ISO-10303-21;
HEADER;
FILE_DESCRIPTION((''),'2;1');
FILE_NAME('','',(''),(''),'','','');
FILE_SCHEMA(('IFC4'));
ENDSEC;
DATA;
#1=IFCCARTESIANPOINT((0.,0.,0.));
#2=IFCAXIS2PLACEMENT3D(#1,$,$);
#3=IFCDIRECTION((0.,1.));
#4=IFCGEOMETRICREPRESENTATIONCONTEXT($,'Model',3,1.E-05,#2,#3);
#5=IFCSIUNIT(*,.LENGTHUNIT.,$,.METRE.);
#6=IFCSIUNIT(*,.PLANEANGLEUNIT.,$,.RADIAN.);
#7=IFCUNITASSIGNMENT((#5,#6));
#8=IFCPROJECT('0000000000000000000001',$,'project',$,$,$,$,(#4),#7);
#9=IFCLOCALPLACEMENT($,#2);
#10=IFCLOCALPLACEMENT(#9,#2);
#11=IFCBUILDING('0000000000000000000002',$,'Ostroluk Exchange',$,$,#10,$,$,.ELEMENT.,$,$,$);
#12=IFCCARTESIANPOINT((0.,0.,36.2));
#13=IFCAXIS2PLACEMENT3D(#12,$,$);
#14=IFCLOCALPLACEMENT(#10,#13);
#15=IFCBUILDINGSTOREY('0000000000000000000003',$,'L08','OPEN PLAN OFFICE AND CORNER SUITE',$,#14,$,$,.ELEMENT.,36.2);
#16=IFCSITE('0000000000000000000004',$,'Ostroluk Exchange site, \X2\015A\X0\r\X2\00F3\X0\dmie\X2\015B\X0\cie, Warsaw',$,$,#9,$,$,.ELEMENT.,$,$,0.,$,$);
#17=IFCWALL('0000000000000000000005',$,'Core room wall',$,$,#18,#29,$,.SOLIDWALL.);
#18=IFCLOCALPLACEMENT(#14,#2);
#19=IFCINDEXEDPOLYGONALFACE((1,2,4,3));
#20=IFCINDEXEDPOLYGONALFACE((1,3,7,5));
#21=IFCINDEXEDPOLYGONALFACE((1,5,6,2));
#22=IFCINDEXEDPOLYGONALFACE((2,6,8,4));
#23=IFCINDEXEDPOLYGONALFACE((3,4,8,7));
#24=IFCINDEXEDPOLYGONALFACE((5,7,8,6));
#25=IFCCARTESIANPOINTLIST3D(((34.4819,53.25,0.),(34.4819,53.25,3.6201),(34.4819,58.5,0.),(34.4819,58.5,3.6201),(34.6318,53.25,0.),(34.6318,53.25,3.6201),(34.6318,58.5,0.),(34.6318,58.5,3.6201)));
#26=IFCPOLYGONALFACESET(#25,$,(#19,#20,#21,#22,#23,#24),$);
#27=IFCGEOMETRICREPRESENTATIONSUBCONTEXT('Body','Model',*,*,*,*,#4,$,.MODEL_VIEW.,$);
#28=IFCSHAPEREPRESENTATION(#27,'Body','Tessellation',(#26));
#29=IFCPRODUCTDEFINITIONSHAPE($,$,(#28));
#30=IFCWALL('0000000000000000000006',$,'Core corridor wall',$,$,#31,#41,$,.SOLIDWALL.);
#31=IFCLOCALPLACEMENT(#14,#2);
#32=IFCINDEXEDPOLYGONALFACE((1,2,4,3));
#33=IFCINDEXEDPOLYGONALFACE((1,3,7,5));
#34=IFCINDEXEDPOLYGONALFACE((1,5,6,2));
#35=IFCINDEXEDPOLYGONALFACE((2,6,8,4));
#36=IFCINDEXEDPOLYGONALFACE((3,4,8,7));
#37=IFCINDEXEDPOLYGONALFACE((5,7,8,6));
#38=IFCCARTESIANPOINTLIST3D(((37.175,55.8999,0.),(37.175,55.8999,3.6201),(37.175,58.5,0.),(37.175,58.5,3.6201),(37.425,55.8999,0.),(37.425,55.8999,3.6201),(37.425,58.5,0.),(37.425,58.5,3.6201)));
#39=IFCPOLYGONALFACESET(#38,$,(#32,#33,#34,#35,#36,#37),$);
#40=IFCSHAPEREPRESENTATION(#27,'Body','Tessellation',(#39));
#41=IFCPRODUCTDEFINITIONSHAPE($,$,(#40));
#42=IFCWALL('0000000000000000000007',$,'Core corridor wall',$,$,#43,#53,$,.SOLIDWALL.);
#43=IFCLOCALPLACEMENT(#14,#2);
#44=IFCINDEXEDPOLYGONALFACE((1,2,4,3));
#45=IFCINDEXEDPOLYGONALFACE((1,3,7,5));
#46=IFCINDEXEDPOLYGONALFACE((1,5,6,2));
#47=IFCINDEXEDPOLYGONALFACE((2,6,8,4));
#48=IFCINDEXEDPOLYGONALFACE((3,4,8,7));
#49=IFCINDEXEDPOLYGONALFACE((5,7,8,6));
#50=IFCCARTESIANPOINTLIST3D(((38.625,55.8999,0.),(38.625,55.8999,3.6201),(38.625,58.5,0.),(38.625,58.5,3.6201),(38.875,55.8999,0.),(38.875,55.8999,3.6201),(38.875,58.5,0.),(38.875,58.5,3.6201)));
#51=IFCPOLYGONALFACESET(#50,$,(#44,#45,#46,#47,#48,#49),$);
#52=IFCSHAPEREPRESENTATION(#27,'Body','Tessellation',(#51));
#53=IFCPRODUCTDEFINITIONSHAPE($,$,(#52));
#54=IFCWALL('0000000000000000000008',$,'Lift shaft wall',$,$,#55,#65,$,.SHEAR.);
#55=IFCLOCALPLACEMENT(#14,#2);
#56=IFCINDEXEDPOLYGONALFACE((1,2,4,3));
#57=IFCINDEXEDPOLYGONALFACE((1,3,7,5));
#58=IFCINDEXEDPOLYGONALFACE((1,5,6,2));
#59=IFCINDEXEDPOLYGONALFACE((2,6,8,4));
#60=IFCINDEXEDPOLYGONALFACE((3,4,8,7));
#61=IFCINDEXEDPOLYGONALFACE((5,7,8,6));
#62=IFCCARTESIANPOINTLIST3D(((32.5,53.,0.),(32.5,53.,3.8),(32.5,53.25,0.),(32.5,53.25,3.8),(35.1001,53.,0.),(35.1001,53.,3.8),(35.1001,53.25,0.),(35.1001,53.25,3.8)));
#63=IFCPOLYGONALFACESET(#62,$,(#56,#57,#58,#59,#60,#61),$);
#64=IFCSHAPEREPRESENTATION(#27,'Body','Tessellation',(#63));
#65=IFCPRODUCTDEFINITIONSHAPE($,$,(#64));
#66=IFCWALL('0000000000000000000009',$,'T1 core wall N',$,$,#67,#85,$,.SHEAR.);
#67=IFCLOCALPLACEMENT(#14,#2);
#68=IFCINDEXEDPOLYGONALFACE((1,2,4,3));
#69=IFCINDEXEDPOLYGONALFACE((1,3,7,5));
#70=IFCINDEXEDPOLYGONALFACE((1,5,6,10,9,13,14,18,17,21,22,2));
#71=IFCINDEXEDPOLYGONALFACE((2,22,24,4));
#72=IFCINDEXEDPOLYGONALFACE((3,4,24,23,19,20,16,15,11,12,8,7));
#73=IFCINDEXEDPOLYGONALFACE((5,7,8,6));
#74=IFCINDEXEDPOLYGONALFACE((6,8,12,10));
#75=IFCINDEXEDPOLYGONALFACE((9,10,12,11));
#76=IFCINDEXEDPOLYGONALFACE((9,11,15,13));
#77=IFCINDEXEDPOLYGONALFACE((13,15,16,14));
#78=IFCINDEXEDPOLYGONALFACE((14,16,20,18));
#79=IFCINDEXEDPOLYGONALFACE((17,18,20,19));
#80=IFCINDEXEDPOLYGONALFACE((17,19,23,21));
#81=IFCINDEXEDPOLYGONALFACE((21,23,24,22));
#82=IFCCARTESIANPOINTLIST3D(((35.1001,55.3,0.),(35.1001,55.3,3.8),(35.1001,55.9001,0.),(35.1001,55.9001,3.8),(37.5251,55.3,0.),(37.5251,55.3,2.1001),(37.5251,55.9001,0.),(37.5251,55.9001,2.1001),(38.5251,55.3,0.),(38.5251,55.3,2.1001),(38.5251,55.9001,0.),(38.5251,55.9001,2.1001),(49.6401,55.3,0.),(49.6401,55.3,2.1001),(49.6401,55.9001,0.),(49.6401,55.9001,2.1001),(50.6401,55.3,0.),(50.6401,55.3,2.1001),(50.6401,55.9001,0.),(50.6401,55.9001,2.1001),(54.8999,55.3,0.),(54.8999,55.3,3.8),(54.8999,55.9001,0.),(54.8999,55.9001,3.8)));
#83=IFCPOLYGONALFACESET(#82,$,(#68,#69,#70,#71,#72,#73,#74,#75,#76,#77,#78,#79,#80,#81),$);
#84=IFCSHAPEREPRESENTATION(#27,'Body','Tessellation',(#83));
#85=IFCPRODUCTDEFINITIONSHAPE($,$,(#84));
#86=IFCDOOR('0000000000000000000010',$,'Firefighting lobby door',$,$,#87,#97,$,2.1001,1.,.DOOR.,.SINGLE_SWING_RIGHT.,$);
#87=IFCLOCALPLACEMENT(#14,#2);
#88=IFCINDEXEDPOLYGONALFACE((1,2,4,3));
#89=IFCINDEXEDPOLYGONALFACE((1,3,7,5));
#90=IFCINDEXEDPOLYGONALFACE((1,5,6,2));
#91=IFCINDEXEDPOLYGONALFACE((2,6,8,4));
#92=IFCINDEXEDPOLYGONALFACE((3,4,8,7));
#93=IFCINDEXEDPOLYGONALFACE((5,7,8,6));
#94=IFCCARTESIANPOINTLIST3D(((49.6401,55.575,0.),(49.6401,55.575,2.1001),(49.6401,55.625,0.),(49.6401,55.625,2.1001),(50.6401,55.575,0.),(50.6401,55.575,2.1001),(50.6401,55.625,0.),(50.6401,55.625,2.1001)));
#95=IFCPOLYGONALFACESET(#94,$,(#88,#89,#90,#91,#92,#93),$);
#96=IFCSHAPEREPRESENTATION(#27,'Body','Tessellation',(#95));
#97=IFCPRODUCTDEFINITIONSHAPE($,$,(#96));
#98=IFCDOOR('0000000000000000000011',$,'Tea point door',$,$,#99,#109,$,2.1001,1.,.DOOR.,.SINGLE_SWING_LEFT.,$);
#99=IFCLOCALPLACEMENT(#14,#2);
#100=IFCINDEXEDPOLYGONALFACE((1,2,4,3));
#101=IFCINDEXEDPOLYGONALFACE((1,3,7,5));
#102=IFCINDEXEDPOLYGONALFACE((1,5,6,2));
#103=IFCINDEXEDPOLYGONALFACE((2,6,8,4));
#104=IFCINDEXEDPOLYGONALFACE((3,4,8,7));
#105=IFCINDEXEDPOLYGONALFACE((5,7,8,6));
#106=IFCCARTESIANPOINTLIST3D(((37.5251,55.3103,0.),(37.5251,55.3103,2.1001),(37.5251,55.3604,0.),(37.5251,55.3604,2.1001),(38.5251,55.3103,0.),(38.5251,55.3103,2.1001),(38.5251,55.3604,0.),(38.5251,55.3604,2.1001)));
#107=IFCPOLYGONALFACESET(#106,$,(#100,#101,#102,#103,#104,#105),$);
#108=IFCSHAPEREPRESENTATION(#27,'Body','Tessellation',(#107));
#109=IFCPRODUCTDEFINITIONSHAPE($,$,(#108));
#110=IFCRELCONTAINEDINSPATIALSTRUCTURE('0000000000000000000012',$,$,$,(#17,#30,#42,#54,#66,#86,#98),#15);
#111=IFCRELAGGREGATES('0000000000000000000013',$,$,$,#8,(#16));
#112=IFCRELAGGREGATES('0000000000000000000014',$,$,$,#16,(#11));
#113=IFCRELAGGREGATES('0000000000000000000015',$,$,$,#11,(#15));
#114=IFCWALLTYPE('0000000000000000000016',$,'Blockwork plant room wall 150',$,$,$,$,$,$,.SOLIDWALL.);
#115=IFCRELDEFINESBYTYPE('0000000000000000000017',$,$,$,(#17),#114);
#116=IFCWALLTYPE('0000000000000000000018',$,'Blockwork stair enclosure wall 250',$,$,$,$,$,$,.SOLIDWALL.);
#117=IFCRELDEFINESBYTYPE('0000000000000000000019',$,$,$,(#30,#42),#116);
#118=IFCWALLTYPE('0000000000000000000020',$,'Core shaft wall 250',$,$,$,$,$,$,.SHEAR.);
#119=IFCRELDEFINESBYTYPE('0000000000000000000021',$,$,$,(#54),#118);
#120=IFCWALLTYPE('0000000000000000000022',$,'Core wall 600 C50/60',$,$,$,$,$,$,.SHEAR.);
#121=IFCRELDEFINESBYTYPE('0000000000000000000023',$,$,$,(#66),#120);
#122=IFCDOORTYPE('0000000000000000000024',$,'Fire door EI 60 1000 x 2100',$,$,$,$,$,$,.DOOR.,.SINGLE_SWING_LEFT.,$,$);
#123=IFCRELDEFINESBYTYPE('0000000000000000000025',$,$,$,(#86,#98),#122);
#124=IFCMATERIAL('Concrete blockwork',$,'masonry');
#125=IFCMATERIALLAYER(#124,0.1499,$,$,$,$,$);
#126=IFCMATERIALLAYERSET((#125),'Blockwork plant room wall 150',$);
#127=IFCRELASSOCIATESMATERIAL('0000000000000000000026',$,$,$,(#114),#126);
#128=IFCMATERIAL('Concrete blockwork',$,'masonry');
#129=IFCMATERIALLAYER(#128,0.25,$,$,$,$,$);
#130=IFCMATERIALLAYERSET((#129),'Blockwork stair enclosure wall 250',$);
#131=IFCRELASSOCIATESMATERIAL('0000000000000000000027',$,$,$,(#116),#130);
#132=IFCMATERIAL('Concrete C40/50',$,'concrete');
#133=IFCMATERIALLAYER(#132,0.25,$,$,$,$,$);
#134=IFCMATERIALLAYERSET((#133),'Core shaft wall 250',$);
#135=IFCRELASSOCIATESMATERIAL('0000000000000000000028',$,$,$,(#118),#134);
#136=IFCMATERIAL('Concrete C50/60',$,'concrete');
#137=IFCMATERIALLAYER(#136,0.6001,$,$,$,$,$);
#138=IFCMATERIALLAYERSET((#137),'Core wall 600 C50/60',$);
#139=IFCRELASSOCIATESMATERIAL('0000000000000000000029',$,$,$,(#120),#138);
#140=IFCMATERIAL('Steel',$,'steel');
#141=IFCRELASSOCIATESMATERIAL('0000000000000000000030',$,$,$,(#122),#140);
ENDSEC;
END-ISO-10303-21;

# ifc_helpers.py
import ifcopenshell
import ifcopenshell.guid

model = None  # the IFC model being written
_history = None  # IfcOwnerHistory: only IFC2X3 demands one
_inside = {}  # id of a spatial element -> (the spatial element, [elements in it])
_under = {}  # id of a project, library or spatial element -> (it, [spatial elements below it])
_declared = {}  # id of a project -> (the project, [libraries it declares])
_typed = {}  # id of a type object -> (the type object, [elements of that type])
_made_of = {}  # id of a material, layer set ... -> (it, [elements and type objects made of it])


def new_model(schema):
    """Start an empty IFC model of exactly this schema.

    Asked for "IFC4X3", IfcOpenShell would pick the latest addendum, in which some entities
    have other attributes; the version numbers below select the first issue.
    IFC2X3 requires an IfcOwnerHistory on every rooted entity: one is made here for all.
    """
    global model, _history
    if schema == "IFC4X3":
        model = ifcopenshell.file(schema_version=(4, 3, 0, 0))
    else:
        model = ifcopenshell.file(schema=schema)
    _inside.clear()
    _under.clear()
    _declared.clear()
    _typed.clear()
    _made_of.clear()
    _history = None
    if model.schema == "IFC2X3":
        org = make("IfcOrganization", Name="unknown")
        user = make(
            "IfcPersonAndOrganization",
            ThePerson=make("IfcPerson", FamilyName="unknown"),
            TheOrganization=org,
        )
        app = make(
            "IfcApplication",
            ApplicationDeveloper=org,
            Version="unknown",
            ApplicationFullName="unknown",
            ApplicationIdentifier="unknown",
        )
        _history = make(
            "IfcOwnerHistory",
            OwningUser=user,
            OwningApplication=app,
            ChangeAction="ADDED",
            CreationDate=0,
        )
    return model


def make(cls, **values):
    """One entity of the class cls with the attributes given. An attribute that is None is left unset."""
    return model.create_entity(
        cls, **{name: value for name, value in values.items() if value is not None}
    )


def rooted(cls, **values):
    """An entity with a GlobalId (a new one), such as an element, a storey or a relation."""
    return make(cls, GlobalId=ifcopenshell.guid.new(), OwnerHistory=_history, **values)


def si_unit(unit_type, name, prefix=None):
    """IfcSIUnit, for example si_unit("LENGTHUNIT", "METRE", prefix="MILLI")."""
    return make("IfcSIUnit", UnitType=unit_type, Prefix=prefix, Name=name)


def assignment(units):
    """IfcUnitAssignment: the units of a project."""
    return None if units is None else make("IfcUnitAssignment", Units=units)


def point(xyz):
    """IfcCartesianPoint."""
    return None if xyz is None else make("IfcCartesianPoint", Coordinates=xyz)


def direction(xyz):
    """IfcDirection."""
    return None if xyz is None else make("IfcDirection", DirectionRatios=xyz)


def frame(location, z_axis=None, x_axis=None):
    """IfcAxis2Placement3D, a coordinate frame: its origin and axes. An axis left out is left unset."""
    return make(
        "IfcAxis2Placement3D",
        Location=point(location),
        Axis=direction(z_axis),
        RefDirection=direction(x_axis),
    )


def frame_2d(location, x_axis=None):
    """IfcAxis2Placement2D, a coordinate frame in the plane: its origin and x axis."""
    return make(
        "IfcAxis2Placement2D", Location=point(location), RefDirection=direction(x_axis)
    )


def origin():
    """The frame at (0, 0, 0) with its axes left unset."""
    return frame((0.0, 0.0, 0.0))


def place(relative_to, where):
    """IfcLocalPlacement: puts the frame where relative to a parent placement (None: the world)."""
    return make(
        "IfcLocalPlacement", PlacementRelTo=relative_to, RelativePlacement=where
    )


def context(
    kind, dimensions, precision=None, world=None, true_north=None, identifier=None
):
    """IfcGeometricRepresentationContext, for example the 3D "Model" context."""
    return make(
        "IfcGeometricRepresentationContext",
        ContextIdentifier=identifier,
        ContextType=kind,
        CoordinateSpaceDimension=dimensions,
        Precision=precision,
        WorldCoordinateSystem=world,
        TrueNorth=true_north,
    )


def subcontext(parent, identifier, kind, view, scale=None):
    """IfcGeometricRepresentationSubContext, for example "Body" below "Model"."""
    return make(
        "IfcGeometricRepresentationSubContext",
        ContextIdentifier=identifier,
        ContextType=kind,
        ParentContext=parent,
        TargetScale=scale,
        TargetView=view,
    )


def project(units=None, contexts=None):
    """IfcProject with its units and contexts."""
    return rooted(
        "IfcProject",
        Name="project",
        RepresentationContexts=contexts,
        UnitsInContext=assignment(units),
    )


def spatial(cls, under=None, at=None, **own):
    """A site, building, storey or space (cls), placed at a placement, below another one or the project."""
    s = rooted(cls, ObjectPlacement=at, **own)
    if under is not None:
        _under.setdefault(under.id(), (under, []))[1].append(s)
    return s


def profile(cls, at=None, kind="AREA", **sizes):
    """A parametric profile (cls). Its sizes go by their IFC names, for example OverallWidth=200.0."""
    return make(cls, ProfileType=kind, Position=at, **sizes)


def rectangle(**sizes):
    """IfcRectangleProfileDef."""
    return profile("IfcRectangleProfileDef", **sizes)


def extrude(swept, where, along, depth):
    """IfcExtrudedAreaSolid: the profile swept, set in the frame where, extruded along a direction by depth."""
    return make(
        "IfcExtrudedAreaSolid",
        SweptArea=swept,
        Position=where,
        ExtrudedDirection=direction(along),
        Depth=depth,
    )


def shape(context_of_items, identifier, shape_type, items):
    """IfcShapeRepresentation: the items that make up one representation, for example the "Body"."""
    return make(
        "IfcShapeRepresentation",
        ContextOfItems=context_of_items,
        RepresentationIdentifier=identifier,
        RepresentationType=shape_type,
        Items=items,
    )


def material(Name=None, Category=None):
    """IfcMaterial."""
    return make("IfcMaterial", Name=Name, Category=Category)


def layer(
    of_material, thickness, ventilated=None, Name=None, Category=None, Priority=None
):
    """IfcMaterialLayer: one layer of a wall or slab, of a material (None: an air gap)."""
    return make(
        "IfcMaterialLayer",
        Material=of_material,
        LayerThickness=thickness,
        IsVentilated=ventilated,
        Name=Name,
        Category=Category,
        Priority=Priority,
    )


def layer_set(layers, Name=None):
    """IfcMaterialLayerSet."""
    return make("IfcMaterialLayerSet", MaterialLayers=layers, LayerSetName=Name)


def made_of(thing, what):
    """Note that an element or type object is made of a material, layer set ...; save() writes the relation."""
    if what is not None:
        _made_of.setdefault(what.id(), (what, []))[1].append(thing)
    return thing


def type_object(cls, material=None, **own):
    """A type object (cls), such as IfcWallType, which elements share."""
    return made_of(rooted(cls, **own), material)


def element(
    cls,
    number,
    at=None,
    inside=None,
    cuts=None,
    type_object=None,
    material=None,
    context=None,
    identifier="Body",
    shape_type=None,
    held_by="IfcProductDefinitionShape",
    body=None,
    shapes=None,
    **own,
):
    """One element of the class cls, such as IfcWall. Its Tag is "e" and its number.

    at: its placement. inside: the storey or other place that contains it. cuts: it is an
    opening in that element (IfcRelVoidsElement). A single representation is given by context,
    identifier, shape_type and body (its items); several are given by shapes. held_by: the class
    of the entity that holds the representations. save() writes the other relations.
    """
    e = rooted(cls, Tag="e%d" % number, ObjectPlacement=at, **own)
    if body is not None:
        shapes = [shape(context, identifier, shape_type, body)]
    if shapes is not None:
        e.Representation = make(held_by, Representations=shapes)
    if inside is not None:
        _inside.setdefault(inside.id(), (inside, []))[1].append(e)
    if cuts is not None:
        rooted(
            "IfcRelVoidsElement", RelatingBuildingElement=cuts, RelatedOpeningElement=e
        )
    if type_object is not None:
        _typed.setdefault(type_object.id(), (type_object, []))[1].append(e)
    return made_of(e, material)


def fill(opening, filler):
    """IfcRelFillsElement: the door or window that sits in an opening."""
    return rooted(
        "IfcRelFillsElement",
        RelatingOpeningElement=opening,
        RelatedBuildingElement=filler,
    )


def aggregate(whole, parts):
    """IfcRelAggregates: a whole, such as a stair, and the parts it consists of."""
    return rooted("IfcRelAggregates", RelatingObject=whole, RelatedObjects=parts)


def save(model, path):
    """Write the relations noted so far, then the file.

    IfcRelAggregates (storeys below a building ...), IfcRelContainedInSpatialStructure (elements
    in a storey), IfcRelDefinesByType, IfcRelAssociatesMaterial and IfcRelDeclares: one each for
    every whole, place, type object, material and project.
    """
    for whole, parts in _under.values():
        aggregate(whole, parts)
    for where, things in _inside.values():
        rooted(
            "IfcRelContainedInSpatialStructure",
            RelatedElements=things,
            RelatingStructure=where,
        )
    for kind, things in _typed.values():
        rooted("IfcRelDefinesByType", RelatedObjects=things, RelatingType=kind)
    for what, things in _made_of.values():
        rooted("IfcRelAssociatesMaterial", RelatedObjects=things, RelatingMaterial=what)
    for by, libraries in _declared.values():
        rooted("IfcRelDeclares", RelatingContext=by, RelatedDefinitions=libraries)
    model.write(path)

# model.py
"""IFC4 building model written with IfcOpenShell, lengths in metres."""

from ifc_helpers import new_model, si_unit, direction, frame, frame_2d, origin, place, context, subcontext, project, spatial, rectangle, extrude, material, layer, layer_set, type_object, element, fill, save


model = new_model("IFC4")

# Units and contexts
model_context = context("Model", 3, precision=1e-05, world=origin(), true_north=direction((0.0, 1.0)))
body_context = subcontext(model_context, "Body", "Model", "MODEL_VIEW")
ifc_project = project(units=[si_unit("LENGTHUNIT", "METRE"), si_unit("PLANEANGLEUNIT", "RADIAN")], contexts=[model_context])

# Site, building, storey
site_placement = place(None, origin())
site = spatial("IfcSite", under=ifc_project, at=site_placement, Name="Ostroluk Exchange site, Śródmieście, Warsaw", CompositionType="ELEMENT", RefElevation=0.0)
building_placement = place(site_placement, origin())
building = spatial("IfcBuilding", under=site, at=building_placement, Name="Ostroluk Exchange", CompositionType="ELEMENT")
storey_placement = place(building_placement, frame((0.0, 0.0, 36.2)))
storey = spatial("IfcBuildingStorey", under=building, at=storey_placement, Name="L08", Description="OPEN PLAN OFFICE AND CORNER SUITE", CompositionType="ELEMENT", Elevation=36.2)

# Walls
ifc_material_1 = material(Name="Concrete blockwork", Category="masonry")
ifc_layer_1 = layer(ifc_material_1, 0.1499)
ifc_layer_set_1 = layer_set([ifc_layer_1], Name="Blockwork plant room wall 150")
wall_type_1 = type_object("IfcWallType", Name="Blockwork plant room wall 150", PredefinedType="SOLIDWALL", material=ifc_layer_set_1)
wall_1_placement = place(storey_placement, frame((34.5569, 53.25, 0.0), z_axis=(0.0, 0.0, 1.0), x_axis=(0.0, 1.0, 0.0)))
element("IfcWall", 1, at=wall_1_placement, inside=storey, type_object=wall_type_1, Name="Core room wall", PredefinedType="SOLIDWALL", context=body_context, shape_type="SweptSolid", body=[
    extrude(rectangle(XDim=5.25, YDim=0.1499, at=frame_2d((2.625, 0.0))), origin(), (0.0, 0.0, 1.0), 3.6201),
])
ifc_material_2 = material(Name="Concrete blockwork", Category="masonry")
ifc_layer_2 = layer(ifc_material_2, 0.25)
ifc_layer_set_2 = layer_set([ifc_layer_2], Name="Blockwork stair enclosure wall 250")
wall_type_2 = type_object("IfcWallType", Name="Blockwork stair enclosure wall 250", PredefinedType="SOLIDWALL", material=ifc_layer_set_2)
for number, where, z_axis, x_axis, name in (
    (2, (37.3, 55.8999, 0.0), (0.0, 0.0, 1.0), (0.0, 1.0, 0.0), "Core corridor wall"),
    (3, (38.75, 55.8999, 0.0), (0.0, 0.0, 1.0), (0.0, 1.0, 0.0), "Core corridor wall"),
):
    element("IfcWall", number, at=place(storey_placement, frame(where, z_axis=z_axis, x_axis=x_axis)), inside=storey, type_object=wall_type_2, Name=name, PredefinedType="SOLIDWALL", context=body_context, shape_type="SweptSolid", body=[
        extrude(rectangle(XDim=2.6001, YDim=0.25, at=frame_2d((1.3, 0.0))), origin(), (0.0, 0.0, 1.0), 3.6201),
    ])
ifc_material_3 = material(Name="Concrete C40/50", Category="concrete")
ifc_layer_3 = layer(ifc_material_3, 0.25)
ifc_layer_set_3 = layer_set([ifc_layer_3], Name="Core shaft wall 250")
wall_type_3 = type_object("IfcWallType", Name="Core shaft wall 250", PredefinedType="SHEAR", material=ifc_layer_set_3)
wall_2_placement = place(storey_placement, frame((32.5, 53.125, 0.0), z_axis=(0.0, 0.0, 1.0), x_axis=(1.0, 0.0, 0.0)))
element("IfcWall", 4, at=wall_2_placement, inside=storey, type_object=wall_type_3, Name="Lift shaft wall", PredefinedType="SHEAR", context=body_context, shape_type="SweptSolid", body=[
    extrude(rectangle(XDim=2.6001, YDim=0.25, at=frame_2d((1.3, 0.0))), origin(), (0.0, 0.0, 1.0), 3.8),
])

# Wall, openings, doors
ifc_material_4 = material(Name="Concrete C50/60", Category="concrete")
ifc_layer_4 = layer(ifc_material_4, 0.6001)
ifc_layer_set_4 = layer_set([ifc_layer_4], Name="Core wall 600 C50/60")
wall_type_4 = type_object("IfcWallType", Name="Core wall 600 C50/60", PredefinedType="SHEAR", material=ifc_layer_set_4)
wall_3_placement = place(storey_placement, frame((35.1001, 55.6001, 0.0), z_axis=(0.0, 0.0, 1.0), x_axis=(1.0, 0.0, 0.0)))
wall_3 = element("IfcWall", 5, at=wall_3_placement, inside=storey, type_object=wall_type_4, Name="T1 core wall N", PredefinedType="SHEAR", context=body_context, shape_type="SweptSolid", body=[
    extrude(rectangle(XDim=19.7998, YDim=0.6001, at=frame_2d((9.8999, 0.0))), origin(), (0.0, 0.0, 1.0), 3.8),
])
opening_1_placement = place(wall_3_placement, frame((14.54, 0.0, 0.0)))
opening_1 = element("IfcOpeningElement", 6, at=opening_1_placement, cuts=wall_3, PredefinedType="OPENING", context=body_context, shape_type="SweptSolid", body=[
    extrude(rectangle(XDim=1.0, YDim=2.1001, at=frame_2d((0.5, 1.05))), frame((0.0, 0.3101, 0.0), z_axis=(0.0, -1.0, 0.0), x_axis=(1.0, 0.0, 0.0)), (0.0, 0.0, 1.0), 0.6201),
])
opening_2_placement = place(wall_3_placement, frame((2.425, 0.0, 0.0)))
opening_2 = element("IfcOpeningElement", 7, at=opening_2_placement, cuts=wall_3, PredefinedType="OPENING", context=body_context, shape_type="SweptSolid", body=[
    extrude(rectangle(XDim=1.0, YDim=2.1001, at=frame_2d((0.5, 1.05))), frame((0.0, 0.3101, 0.0), z_axis=(0.0, -1.0, 0.0), x_axis=(1.0, 0.0, 0.0)), (0.0, 0.0, 1.0), 0.6201),
])
ifc_material_5 = material(Name="Steel", Category="steel")
door_type = type_object("IfcDoorType", Name="Fire door EI 60 1000 x 2100", OperationType="SINGLE_SWING_LEFT", PredefinedType="DOOR", material=ifc_material_5)
door_1_placement = place(opening_1_placement, origin())
door_1 = element("IfcDoor", 8, at=door_1_placement, inside=storey, type_object=door_type, Name="Firefighting lobby door", OperationType="SINGLE_SWING_RIGHT", OverallHeight=2.1001, OverallWidth=1.0, PredefinedType="DOOR", context=body_context, shape_type="SweptSolid", body=[
    extrude(rectangle(XDim=1.0, YDim=2.1001, at=frame_2d((0.5, 1.05))), frame((0.0, 0.0249, 0.0), z_axis=(0.0, -1.0, 0.0), x_axis=(1.0, 0.0, 0.0)), (0.0, 0.0, 1.0), 0.05),
])
fill(opening_1, door_1)
door_2_placement = place(opening_2_placement, origin())
door_2 = element("IfcDoor", 9, at=door_2_placement, inside=storey, type_object=door_type, Name="Tea point door", OperationType="SINGLE_SWING_LEFT", OverallHeight=2.1001, OverallWidth=1.0, PredefinedType="DOOR", context=body_context, shape_type="SweptSolid", body=[
    extrude(rectangle(XDim=1.0, YDim=2.1001, at=frame_2d((0.5, 1.05))), frame((0.0, -0.2397, 0.0), z_axis=(0.0, -1.0, 0.0), x_axis=(1.0, 0.0, 0.0)), (0.0, 0.0, 1.0), 0.05),
])
fill(opening_2, door_2)

save(model, "model.ifc")
